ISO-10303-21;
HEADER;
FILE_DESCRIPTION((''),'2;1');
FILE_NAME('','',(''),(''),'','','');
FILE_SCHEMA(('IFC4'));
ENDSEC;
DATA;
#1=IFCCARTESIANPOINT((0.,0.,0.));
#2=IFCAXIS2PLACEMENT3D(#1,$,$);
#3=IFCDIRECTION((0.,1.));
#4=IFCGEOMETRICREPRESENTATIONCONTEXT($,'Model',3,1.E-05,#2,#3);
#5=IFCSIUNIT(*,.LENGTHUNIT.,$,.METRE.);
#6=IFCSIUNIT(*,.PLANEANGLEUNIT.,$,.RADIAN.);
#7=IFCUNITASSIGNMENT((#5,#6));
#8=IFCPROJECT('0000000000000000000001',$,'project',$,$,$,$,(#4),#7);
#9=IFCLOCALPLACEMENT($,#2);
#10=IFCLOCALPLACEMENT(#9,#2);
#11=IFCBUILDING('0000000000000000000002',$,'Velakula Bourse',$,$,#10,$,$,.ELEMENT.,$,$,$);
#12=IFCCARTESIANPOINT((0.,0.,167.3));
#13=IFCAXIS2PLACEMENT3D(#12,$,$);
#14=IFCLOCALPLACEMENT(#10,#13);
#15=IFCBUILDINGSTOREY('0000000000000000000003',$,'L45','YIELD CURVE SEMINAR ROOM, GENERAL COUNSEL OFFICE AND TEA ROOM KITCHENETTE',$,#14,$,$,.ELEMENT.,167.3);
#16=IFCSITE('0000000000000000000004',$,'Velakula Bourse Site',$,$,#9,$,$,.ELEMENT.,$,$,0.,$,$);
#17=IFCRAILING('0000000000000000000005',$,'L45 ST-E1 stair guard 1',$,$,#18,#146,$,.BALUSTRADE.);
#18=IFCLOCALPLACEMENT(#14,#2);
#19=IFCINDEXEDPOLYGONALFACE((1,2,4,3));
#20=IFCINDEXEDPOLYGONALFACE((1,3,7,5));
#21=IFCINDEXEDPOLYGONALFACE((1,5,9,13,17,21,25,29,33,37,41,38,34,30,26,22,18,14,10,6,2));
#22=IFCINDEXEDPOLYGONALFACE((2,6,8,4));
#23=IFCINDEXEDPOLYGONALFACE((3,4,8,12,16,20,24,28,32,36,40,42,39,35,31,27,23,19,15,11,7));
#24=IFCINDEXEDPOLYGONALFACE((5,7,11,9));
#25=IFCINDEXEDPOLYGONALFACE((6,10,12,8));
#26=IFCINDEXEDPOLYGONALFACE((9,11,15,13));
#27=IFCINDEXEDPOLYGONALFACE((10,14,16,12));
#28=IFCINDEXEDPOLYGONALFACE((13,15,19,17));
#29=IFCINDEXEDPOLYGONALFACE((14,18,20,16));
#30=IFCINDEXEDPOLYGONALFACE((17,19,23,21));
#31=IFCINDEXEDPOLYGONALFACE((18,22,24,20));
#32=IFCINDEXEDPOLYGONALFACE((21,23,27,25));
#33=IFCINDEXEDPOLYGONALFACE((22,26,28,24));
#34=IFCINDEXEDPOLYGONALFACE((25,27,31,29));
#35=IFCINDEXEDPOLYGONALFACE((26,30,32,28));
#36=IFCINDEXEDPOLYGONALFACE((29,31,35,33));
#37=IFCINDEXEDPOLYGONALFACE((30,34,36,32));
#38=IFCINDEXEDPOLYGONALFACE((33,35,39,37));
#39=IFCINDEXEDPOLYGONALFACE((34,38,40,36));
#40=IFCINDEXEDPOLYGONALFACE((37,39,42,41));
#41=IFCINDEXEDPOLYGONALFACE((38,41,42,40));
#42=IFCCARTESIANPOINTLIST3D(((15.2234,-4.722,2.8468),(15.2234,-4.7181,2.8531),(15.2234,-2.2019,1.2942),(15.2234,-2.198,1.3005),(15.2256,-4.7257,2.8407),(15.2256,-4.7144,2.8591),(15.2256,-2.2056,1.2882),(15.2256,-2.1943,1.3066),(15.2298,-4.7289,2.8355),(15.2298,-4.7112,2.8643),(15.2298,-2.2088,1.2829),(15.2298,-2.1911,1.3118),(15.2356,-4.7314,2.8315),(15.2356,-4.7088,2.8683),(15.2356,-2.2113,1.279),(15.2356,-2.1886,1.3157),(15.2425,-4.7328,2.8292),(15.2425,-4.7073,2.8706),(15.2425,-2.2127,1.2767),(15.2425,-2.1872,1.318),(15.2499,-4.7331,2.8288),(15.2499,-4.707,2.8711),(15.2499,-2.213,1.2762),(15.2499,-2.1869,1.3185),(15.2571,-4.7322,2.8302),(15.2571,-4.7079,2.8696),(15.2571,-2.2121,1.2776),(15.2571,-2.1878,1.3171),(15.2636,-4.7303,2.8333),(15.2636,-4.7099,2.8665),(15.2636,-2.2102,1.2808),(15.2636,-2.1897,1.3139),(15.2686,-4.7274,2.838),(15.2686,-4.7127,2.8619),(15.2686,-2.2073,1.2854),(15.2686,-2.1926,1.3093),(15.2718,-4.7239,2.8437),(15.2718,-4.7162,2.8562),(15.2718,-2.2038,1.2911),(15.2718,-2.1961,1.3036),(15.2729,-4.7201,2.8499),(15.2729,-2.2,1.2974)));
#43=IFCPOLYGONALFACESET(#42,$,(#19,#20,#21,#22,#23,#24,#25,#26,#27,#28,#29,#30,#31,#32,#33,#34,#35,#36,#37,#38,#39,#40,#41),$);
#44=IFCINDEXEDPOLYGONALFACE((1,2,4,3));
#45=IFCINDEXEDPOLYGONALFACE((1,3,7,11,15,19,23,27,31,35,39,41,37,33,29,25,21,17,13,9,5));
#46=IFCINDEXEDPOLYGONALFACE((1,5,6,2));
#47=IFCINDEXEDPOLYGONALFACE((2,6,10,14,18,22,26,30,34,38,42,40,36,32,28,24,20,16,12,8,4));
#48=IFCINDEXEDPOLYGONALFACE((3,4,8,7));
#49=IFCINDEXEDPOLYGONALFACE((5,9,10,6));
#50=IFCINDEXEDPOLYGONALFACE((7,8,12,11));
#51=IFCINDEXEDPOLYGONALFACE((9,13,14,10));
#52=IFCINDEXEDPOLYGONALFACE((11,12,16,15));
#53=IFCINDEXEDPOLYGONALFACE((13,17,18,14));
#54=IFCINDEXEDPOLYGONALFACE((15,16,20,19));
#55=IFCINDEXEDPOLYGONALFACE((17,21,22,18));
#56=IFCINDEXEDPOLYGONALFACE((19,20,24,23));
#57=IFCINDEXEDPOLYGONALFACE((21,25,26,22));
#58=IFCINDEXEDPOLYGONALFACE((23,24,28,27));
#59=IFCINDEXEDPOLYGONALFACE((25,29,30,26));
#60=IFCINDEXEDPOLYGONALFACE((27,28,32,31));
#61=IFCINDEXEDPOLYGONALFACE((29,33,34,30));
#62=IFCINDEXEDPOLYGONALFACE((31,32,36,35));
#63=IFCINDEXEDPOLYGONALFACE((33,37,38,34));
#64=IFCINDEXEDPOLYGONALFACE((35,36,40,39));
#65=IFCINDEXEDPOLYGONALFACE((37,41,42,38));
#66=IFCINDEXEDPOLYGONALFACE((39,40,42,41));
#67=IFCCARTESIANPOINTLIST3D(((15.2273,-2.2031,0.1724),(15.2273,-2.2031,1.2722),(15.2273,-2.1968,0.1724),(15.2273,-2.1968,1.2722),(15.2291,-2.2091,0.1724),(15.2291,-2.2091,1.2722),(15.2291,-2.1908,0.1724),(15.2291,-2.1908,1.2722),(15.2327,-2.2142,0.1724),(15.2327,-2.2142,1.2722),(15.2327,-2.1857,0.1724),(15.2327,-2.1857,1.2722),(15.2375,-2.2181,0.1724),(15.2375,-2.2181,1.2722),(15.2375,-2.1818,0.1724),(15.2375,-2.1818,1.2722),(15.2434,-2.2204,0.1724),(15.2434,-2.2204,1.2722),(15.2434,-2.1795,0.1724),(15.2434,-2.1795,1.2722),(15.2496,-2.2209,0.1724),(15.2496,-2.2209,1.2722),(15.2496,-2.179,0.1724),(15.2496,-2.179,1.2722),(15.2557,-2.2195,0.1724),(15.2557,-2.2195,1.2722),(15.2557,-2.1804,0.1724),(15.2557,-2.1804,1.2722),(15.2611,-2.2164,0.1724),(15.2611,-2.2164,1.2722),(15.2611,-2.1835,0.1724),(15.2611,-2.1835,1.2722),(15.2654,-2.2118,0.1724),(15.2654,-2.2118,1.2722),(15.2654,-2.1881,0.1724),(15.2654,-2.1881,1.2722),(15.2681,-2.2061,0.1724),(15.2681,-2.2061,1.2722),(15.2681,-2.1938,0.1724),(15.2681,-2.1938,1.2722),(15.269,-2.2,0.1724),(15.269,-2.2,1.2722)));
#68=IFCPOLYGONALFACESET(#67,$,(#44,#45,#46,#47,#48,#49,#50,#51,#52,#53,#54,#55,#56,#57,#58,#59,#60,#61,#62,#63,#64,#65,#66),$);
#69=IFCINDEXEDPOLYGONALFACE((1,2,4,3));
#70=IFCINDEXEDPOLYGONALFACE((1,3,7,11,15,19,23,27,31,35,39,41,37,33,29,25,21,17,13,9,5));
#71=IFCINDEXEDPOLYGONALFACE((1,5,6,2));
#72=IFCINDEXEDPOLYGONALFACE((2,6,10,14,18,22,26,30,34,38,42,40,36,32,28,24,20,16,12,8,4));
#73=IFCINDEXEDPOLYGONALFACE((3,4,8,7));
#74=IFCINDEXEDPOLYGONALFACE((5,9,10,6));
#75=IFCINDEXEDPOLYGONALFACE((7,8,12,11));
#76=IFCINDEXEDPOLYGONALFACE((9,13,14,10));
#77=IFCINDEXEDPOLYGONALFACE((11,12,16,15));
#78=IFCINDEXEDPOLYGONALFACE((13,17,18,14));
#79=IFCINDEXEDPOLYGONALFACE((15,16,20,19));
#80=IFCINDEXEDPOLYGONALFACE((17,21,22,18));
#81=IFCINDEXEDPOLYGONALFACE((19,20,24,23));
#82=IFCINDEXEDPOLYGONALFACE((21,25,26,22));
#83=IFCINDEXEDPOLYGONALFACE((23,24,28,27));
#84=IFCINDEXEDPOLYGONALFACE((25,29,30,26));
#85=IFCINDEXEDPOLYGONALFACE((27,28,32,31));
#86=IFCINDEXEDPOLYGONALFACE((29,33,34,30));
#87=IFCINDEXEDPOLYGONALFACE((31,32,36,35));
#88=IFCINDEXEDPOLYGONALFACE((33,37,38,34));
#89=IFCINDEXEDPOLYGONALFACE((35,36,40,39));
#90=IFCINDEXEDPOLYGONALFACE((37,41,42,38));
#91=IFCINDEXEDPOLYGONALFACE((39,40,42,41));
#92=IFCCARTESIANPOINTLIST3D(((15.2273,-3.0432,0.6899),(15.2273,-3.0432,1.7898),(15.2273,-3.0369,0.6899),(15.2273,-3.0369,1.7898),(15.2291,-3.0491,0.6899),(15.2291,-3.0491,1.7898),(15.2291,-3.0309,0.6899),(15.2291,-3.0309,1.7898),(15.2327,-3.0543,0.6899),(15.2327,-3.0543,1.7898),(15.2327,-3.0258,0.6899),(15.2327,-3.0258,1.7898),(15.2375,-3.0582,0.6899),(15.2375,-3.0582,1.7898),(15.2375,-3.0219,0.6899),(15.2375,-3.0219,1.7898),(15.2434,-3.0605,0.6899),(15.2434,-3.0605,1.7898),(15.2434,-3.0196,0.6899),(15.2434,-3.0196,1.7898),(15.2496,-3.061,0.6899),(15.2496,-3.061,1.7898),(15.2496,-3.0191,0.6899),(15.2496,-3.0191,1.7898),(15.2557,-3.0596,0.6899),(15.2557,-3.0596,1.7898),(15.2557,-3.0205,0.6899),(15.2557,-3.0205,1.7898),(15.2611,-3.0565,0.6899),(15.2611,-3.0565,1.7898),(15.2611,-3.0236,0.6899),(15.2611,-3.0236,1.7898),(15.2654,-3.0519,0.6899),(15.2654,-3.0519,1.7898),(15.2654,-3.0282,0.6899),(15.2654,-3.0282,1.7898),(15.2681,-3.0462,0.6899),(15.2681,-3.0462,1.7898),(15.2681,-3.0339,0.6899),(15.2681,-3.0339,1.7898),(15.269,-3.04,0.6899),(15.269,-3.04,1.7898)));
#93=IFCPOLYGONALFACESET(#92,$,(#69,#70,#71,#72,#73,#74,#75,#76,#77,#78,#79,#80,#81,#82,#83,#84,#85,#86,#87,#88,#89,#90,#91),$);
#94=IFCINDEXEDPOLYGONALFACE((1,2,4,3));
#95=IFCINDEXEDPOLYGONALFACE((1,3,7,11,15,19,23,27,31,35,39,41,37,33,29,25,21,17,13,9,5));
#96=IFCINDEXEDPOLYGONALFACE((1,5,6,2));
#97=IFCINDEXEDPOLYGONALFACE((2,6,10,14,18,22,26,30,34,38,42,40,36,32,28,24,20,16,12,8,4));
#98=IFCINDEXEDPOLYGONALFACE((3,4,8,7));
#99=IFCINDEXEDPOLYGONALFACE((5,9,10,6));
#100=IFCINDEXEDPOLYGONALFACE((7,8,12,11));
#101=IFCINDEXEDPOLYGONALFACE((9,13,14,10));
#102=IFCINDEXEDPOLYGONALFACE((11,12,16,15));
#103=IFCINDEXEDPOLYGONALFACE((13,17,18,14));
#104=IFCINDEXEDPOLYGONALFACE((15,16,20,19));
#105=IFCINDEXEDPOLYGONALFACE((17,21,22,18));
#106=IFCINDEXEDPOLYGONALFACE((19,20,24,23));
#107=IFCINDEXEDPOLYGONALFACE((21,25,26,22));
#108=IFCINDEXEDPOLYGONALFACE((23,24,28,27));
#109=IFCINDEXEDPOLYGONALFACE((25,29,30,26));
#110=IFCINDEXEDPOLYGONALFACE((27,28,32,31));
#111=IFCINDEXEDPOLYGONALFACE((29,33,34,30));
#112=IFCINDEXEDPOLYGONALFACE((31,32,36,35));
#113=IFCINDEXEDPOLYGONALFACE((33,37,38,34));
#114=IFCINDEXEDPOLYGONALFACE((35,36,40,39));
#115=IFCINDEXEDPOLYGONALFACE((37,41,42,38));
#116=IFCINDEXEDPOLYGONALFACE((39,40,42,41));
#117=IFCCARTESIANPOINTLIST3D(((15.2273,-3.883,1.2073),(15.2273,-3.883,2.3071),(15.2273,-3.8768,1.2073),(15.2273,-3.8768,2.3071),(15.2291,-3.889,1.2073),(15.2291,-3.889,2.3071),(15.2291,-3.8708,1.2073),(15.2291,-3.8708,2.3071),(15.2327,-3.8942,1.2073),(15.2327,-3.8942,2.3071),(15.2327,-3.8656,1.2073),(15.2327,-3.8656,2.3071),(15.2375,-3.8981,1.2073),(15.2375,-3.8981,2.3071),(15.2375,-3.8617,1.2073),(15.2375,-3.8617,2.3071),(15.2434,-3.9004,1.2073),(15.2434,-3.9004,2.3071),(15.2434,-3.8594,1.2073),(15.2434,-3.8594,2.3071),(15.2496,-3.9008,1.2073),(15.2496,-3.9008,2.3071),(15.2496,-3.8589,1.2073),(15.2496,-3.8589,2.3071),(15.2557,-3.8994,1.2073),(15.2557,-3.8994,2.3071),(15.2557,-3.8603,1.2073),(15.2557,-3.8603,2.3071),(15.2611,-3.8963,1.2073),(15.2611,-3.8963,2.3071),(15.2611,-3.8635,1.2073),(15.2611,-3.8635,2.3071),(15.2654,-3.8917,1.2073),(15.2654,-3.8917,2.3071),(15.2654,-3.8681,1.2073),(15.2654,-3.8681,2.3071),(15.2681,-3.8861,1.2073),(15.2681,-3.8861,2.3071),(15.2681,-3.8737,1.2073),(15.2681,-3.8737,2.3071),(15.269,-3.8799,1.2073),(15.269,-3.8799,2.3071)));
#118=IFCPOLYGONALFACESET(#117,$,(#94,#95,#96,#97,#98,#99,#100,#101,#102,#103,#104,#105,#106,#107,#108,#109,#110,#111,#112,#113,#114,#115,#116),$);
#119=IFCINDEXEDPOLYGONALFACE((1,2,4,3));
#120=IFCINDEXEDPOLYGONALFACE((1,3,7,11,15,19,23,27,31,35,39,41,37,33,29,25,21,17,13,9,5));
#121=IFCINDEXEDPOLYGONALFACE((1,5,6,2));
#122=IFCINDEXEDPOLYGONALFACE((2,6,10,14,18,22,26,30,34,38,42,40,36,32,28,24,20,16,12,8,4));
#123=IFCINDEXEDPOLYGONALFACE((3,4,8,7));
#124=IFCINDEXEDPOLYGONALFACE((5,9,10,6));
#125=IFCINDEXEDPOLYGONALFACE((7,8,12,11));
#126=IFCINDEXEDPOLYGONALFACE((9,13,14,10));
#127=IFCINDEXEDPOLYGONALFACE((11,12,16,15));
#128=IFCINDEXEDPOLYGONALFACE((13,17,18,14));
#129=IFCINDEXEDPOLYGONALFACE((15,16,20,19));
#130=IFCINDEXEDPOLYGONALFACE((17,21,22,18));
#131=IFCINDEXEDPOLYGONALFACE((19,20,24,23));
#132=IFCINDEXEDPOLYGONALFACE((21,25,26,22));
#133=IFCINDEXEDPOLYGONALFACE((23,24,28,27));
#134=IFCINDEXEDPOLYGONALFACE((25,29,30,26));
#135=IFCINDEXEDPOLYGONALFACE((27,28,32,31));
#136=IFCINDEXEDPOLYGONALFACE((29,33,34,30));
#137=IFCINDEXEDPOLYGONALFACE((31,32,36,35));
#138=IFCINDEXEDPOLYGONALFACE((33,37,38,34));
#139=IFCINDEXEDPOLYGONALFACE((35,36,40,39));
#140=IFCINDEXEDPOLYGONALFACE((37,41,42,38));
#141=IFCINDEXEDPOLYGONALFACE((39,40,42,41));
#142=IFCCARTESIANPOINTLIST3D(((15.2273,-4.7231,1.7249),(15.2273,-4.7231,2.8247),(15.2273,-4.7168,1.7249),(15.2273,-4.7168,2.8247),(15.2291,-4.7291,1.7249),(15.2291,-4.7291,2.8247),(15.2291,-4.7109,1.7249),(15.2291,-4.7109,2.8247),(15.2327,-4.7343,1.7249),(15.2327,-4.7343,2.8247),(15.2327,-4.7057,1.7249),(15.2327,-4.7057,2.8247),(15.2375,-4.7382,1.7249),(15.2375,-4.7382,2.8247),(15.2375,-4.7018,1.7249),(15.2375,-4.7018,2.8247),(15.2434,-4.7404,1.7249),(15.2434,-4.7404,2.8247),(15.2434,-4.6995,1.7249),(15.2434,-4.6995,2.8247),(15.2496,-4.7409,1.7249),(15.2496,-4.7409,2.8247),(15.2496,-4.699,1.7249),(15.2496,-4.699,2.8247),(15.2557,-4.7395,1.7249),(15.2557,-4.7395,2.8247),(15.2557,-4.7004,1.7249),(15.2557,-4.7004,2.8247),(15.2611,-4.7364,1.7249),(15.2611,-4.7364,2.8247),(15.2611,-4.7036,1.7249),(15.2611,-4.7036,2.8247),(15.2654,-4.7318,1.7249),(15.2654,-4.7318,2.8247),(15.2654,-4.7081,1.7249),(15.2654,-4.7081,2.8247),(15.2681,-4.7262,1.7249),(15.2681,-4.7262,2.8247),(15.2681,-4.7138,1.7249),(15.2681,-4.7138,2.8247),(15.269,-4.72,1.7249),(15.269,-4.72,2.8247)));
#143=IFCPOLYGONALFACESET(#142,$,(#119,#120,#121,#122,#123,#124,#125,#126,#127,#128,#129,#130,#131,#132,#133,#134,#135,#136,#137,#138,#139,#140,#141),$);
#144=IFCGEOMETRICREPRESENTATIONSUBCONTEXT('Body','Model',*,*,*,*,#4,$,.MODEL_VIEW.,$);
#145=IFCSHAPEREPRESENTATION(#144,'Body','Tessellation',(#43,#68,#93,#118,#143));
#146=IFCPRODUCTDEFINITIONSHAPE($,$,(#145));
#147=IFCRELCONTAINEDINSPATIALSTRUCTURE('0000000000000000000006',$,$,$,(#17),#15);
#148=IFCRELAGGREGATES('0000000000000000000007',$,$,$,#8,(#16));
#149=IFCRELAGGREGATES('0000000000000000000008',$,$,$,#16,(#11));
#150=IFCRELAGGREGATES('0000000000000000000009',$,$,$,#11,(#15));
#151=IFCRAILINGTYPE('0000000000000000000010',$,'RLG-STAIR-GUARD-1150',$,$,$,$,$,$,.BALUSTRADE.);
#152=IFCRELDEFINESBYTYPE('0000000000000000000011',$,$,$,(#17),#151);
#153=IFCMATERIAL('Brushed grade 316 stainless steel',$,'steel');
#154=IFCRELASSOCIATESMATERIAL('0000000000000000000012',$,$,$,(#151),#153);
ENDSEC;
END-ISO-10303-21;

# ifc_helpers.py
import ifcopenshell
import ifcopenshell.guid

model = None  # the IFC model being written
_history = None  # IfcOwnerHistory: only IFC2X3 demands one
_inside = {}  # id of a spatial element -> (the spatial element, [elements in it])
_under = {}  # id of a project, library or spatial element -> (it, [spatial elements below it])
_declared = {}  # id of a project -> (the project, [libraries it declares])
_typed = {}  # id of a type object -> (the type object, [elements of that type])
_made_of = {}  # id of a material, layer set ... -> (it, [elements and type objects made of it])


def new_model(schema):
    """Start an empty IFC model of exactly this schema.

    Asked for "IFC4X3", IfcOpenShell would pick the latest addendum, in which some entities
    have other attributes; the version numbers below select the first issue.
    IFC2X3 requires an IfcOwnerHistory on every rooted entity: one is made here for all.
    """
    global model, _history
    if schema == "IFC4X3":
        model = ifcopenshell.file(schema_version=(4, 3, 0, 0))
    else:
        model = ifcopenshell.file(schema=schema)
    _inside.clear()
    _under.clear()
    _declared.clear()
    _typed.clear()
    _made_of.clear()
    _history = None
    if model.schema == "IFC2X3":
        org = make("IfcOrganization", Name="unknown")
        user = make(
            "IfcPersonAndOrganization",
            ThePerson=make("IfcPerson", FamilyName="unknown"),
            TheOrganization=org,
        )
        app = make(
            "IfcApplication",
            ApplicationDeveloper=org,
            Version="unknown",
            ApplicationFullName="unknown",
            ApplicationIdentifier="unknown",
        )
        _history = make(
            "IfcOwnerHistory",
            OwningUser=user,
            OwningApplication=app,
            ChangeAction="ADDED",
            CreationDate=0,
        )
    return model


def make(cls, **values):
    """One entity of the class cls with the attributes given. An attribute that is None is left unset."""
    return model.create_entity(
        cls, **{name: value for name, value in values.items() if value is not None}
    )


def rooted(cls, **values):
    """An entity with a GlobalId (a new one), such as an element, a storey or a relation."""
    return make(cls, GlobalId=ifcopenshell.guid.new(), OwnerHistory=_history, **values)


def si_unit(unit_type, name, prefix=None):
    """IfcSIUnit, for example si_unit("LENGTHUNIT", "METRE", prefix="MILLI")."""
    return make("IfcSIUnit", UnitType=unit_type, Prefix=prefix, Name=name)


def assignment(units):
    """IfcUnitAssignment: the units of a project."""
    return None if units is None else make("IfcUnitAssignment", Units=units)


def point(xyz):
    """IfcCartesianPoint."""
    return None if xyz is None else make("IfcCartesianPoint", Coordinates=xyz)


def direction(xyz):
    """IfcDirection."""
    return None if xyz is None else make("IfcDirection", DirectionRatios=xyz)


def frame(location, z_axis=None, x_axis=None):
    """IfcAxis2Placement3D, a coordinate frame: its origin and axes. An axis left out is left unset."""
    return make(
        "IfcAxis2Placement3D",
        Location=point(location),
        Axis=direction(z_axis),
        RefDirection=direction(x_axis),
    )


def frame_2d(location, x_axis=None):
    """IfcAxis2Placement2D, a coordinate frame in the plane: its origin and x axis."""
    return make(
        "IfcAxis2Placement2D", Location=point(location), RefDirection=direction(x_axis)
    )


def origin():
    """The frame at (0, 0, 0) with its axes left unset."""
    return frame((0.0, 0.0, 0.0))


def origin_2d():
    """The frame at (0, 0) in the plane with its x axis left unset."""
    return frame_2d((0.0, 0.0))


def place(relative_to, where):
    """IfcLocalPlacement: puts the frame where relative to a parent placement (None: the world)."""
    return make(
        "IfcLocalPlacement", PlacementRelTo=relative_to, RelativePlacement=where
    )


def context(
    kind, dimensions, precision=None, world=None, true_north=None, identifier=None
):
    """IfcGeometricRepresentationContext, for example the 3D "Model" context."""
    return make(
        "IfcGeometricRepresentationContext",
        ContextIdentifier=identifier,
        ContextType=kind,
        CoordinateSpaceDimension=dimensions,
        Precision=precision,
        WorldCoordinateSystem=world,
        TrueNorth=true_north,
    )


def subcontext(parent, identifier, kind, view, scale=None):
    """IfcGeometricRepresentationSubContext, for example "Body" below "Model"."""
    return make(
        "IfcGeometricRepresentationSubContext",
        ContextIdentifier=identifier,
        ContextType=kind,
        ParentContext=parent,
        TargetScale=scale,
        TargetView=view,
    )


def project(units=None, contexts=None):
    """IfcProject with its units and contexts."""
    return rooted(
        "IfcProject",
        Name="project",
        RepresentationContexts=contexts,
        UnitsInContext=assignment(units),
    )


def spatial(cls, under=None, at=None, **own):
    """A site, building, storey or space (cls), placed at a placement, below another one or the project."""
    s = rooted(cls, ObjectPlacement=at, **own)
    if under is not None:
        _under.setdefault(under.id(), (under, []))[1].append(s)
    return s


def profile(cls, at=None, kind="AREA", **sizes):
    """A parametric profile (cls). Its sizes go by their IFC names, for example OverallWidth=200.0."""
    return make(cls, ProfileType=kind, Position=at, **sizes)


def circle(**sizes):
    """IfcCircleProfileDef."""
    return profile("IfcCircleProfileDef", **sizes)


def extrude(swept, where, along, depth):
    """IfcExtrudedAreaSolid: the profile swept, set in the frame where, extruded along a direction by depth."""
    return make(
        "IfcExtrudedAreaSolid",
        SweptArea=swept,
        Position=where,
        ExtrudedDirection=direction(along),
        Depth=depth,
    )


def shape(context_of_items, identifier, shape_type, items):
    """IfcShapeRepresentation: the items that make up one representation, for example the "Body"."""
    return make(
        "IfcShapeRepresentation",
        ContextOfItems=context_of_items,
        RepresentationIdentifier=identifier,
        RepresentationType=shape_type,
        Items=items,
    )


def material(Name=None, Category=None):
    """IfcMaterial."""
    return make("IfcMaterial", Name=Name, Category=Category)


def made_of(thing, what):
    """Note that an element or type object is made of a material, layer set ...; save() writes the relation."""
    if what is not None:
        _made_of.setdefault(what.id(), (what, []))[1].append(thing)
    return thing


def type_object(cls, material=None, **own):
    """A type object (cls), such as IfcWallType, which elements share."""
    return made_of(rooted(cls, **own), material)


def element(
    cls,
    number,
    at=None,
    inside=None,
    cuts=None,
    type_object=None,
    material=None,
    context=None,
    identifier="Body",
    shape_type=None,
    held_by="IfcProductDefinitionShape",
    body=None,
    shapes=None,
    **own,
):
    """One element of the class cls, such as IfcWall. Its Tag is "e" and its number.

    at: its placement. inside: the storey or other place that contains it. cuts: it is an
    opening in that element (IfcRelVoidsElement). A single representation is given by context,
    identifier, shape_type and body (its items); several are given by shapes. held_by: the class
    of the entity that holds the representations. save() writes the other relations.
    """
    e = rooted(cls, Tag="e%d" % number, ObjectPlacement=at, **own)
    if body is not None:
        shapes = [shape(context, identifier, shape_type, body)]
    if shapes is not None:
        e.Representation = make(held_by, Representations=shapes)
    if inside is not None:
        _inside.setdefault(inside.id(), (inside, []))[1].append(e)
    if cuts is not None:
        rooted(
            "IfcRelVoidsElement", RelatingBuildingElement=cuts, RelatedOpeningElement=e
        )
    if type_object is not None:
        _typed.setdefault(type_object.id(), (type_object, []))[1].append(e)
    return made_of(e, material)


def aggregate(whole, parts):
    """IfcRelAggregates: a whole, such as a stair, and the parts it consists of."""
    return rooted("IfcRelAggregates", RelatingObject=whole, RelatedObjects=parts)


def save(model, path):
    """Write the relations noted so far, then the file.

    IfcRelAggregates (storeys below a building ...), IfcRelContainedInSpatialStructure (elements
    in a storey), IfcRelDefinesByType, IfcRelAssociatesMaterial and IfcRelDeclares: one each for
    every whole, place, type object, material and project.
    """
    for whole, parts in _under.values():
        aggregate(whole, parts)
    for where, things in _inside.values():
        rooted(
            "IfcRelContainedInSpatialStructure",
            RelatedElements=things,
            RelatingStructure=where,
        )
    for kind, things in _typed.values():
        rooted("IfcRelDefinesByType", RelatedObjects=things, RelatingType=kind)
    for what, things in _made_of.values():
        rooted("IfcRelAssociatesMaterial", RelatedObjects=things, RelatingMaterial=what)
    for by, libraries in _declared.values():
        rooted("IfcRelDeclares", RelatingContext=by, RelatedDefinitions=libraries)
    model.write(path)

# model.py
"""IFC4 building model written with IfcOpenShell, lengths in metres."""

from ifc_helpers import new_model, si_unit, direction, frame, origin, origin_2d, place, context, subcontext, project, spatial, circle, extrude, material, type_object, element, save


model = new_model("IFC4")

# Units and contexts
model_context = context("Model", 3, precision=1e-05, world=origin(), true_north=direction((0.0, 1.0)))
body_context = subcontext(model_context, "Body", "Model", "MODEL_VIEW")
ifc_project = project(units=[si_unit("LENGTHUNIT", "METRE"), si_unit("PLANEANGLEUNIT", "RADIAN")], contexts=[model_context])

# Site, building, storey
site_placement = place(None, origin())
site = spatial("IfcSite", under=ifc_project, at=site_placement, Name="Velakula Bourse Site", CompositionType="ELEMENT", RefElevation=0.0)
building_placement = place(site_placement, origin())
building = spatial("IfcBuilding", under=site, at=building_placement, Name="Velakula Bourse", CompositionType="ELEMENT")
storey_placement = place(building_placement, frame((0.0, 0.0, 167.3)))
storey = spatial("IfcBuildingStorey", under=building, at=storey_placement, Name="L45", Description="YIELD CURVE SEMINAR ROOM, GENERAL COUNSEL OFFICE AND TEA ROOM KITCHENETTE", CompositionType="ELEMENT", Elevation=167.3)

# Railing
ifc_material_1 = material(Name="Brushed grade 316 stainless steel", Category="steel")
railing_type_1 = type_object("IfcRailingType", Name="RLG-STAIR-GUARD-1150", PredefinedType="BALUSTRADE", material=ifc_material_1)
railing_1_placement = place(storey_placement, frame((15.248, -2.2, 0.1724)))
element("IfcRailing", 1, at=railing_1_placement, inside=storey, type_object=railing_type_1, Name="L45 ST-E1 stair guard 1", PredefinedType="BALUSTRADE", context=body_context, shape_type="SweptSolid", body=[
    extrude(circle(Radius=0.0249, at=origin_2d()), frame((0.0, 0.0, 1.125), z_axis=(0.0, -0.8514, 0.524516), x_axis=(1.0, 0.0, 0.0)), (0.0, 0.0, 1.0), 2.96),
    extrude(circle(Radius=0.021, at=origin_2d()), origin(), (0.0, 0.0, 1.0), 1.0999),
    extrude(circle(Radius=0.021, at=origin_2d()), frame((0.0, -0.8401, 0.5176)), (0.0, 0.0, 1.0), 1.0999),
    extrude(circle(Radius=0.021, at=origin_2d()), frame((0.0, -1.6799, 1.0349)), (0.0, 0.0, 1.0), 1.0999),
    extrude(circle(Radius=0.021, at=origin_2d()), frame((0.0, -2.52, 1.5525)), (0.0, 0.0, 1.0), 1.0999),
])

save(model, "model.ifc")
